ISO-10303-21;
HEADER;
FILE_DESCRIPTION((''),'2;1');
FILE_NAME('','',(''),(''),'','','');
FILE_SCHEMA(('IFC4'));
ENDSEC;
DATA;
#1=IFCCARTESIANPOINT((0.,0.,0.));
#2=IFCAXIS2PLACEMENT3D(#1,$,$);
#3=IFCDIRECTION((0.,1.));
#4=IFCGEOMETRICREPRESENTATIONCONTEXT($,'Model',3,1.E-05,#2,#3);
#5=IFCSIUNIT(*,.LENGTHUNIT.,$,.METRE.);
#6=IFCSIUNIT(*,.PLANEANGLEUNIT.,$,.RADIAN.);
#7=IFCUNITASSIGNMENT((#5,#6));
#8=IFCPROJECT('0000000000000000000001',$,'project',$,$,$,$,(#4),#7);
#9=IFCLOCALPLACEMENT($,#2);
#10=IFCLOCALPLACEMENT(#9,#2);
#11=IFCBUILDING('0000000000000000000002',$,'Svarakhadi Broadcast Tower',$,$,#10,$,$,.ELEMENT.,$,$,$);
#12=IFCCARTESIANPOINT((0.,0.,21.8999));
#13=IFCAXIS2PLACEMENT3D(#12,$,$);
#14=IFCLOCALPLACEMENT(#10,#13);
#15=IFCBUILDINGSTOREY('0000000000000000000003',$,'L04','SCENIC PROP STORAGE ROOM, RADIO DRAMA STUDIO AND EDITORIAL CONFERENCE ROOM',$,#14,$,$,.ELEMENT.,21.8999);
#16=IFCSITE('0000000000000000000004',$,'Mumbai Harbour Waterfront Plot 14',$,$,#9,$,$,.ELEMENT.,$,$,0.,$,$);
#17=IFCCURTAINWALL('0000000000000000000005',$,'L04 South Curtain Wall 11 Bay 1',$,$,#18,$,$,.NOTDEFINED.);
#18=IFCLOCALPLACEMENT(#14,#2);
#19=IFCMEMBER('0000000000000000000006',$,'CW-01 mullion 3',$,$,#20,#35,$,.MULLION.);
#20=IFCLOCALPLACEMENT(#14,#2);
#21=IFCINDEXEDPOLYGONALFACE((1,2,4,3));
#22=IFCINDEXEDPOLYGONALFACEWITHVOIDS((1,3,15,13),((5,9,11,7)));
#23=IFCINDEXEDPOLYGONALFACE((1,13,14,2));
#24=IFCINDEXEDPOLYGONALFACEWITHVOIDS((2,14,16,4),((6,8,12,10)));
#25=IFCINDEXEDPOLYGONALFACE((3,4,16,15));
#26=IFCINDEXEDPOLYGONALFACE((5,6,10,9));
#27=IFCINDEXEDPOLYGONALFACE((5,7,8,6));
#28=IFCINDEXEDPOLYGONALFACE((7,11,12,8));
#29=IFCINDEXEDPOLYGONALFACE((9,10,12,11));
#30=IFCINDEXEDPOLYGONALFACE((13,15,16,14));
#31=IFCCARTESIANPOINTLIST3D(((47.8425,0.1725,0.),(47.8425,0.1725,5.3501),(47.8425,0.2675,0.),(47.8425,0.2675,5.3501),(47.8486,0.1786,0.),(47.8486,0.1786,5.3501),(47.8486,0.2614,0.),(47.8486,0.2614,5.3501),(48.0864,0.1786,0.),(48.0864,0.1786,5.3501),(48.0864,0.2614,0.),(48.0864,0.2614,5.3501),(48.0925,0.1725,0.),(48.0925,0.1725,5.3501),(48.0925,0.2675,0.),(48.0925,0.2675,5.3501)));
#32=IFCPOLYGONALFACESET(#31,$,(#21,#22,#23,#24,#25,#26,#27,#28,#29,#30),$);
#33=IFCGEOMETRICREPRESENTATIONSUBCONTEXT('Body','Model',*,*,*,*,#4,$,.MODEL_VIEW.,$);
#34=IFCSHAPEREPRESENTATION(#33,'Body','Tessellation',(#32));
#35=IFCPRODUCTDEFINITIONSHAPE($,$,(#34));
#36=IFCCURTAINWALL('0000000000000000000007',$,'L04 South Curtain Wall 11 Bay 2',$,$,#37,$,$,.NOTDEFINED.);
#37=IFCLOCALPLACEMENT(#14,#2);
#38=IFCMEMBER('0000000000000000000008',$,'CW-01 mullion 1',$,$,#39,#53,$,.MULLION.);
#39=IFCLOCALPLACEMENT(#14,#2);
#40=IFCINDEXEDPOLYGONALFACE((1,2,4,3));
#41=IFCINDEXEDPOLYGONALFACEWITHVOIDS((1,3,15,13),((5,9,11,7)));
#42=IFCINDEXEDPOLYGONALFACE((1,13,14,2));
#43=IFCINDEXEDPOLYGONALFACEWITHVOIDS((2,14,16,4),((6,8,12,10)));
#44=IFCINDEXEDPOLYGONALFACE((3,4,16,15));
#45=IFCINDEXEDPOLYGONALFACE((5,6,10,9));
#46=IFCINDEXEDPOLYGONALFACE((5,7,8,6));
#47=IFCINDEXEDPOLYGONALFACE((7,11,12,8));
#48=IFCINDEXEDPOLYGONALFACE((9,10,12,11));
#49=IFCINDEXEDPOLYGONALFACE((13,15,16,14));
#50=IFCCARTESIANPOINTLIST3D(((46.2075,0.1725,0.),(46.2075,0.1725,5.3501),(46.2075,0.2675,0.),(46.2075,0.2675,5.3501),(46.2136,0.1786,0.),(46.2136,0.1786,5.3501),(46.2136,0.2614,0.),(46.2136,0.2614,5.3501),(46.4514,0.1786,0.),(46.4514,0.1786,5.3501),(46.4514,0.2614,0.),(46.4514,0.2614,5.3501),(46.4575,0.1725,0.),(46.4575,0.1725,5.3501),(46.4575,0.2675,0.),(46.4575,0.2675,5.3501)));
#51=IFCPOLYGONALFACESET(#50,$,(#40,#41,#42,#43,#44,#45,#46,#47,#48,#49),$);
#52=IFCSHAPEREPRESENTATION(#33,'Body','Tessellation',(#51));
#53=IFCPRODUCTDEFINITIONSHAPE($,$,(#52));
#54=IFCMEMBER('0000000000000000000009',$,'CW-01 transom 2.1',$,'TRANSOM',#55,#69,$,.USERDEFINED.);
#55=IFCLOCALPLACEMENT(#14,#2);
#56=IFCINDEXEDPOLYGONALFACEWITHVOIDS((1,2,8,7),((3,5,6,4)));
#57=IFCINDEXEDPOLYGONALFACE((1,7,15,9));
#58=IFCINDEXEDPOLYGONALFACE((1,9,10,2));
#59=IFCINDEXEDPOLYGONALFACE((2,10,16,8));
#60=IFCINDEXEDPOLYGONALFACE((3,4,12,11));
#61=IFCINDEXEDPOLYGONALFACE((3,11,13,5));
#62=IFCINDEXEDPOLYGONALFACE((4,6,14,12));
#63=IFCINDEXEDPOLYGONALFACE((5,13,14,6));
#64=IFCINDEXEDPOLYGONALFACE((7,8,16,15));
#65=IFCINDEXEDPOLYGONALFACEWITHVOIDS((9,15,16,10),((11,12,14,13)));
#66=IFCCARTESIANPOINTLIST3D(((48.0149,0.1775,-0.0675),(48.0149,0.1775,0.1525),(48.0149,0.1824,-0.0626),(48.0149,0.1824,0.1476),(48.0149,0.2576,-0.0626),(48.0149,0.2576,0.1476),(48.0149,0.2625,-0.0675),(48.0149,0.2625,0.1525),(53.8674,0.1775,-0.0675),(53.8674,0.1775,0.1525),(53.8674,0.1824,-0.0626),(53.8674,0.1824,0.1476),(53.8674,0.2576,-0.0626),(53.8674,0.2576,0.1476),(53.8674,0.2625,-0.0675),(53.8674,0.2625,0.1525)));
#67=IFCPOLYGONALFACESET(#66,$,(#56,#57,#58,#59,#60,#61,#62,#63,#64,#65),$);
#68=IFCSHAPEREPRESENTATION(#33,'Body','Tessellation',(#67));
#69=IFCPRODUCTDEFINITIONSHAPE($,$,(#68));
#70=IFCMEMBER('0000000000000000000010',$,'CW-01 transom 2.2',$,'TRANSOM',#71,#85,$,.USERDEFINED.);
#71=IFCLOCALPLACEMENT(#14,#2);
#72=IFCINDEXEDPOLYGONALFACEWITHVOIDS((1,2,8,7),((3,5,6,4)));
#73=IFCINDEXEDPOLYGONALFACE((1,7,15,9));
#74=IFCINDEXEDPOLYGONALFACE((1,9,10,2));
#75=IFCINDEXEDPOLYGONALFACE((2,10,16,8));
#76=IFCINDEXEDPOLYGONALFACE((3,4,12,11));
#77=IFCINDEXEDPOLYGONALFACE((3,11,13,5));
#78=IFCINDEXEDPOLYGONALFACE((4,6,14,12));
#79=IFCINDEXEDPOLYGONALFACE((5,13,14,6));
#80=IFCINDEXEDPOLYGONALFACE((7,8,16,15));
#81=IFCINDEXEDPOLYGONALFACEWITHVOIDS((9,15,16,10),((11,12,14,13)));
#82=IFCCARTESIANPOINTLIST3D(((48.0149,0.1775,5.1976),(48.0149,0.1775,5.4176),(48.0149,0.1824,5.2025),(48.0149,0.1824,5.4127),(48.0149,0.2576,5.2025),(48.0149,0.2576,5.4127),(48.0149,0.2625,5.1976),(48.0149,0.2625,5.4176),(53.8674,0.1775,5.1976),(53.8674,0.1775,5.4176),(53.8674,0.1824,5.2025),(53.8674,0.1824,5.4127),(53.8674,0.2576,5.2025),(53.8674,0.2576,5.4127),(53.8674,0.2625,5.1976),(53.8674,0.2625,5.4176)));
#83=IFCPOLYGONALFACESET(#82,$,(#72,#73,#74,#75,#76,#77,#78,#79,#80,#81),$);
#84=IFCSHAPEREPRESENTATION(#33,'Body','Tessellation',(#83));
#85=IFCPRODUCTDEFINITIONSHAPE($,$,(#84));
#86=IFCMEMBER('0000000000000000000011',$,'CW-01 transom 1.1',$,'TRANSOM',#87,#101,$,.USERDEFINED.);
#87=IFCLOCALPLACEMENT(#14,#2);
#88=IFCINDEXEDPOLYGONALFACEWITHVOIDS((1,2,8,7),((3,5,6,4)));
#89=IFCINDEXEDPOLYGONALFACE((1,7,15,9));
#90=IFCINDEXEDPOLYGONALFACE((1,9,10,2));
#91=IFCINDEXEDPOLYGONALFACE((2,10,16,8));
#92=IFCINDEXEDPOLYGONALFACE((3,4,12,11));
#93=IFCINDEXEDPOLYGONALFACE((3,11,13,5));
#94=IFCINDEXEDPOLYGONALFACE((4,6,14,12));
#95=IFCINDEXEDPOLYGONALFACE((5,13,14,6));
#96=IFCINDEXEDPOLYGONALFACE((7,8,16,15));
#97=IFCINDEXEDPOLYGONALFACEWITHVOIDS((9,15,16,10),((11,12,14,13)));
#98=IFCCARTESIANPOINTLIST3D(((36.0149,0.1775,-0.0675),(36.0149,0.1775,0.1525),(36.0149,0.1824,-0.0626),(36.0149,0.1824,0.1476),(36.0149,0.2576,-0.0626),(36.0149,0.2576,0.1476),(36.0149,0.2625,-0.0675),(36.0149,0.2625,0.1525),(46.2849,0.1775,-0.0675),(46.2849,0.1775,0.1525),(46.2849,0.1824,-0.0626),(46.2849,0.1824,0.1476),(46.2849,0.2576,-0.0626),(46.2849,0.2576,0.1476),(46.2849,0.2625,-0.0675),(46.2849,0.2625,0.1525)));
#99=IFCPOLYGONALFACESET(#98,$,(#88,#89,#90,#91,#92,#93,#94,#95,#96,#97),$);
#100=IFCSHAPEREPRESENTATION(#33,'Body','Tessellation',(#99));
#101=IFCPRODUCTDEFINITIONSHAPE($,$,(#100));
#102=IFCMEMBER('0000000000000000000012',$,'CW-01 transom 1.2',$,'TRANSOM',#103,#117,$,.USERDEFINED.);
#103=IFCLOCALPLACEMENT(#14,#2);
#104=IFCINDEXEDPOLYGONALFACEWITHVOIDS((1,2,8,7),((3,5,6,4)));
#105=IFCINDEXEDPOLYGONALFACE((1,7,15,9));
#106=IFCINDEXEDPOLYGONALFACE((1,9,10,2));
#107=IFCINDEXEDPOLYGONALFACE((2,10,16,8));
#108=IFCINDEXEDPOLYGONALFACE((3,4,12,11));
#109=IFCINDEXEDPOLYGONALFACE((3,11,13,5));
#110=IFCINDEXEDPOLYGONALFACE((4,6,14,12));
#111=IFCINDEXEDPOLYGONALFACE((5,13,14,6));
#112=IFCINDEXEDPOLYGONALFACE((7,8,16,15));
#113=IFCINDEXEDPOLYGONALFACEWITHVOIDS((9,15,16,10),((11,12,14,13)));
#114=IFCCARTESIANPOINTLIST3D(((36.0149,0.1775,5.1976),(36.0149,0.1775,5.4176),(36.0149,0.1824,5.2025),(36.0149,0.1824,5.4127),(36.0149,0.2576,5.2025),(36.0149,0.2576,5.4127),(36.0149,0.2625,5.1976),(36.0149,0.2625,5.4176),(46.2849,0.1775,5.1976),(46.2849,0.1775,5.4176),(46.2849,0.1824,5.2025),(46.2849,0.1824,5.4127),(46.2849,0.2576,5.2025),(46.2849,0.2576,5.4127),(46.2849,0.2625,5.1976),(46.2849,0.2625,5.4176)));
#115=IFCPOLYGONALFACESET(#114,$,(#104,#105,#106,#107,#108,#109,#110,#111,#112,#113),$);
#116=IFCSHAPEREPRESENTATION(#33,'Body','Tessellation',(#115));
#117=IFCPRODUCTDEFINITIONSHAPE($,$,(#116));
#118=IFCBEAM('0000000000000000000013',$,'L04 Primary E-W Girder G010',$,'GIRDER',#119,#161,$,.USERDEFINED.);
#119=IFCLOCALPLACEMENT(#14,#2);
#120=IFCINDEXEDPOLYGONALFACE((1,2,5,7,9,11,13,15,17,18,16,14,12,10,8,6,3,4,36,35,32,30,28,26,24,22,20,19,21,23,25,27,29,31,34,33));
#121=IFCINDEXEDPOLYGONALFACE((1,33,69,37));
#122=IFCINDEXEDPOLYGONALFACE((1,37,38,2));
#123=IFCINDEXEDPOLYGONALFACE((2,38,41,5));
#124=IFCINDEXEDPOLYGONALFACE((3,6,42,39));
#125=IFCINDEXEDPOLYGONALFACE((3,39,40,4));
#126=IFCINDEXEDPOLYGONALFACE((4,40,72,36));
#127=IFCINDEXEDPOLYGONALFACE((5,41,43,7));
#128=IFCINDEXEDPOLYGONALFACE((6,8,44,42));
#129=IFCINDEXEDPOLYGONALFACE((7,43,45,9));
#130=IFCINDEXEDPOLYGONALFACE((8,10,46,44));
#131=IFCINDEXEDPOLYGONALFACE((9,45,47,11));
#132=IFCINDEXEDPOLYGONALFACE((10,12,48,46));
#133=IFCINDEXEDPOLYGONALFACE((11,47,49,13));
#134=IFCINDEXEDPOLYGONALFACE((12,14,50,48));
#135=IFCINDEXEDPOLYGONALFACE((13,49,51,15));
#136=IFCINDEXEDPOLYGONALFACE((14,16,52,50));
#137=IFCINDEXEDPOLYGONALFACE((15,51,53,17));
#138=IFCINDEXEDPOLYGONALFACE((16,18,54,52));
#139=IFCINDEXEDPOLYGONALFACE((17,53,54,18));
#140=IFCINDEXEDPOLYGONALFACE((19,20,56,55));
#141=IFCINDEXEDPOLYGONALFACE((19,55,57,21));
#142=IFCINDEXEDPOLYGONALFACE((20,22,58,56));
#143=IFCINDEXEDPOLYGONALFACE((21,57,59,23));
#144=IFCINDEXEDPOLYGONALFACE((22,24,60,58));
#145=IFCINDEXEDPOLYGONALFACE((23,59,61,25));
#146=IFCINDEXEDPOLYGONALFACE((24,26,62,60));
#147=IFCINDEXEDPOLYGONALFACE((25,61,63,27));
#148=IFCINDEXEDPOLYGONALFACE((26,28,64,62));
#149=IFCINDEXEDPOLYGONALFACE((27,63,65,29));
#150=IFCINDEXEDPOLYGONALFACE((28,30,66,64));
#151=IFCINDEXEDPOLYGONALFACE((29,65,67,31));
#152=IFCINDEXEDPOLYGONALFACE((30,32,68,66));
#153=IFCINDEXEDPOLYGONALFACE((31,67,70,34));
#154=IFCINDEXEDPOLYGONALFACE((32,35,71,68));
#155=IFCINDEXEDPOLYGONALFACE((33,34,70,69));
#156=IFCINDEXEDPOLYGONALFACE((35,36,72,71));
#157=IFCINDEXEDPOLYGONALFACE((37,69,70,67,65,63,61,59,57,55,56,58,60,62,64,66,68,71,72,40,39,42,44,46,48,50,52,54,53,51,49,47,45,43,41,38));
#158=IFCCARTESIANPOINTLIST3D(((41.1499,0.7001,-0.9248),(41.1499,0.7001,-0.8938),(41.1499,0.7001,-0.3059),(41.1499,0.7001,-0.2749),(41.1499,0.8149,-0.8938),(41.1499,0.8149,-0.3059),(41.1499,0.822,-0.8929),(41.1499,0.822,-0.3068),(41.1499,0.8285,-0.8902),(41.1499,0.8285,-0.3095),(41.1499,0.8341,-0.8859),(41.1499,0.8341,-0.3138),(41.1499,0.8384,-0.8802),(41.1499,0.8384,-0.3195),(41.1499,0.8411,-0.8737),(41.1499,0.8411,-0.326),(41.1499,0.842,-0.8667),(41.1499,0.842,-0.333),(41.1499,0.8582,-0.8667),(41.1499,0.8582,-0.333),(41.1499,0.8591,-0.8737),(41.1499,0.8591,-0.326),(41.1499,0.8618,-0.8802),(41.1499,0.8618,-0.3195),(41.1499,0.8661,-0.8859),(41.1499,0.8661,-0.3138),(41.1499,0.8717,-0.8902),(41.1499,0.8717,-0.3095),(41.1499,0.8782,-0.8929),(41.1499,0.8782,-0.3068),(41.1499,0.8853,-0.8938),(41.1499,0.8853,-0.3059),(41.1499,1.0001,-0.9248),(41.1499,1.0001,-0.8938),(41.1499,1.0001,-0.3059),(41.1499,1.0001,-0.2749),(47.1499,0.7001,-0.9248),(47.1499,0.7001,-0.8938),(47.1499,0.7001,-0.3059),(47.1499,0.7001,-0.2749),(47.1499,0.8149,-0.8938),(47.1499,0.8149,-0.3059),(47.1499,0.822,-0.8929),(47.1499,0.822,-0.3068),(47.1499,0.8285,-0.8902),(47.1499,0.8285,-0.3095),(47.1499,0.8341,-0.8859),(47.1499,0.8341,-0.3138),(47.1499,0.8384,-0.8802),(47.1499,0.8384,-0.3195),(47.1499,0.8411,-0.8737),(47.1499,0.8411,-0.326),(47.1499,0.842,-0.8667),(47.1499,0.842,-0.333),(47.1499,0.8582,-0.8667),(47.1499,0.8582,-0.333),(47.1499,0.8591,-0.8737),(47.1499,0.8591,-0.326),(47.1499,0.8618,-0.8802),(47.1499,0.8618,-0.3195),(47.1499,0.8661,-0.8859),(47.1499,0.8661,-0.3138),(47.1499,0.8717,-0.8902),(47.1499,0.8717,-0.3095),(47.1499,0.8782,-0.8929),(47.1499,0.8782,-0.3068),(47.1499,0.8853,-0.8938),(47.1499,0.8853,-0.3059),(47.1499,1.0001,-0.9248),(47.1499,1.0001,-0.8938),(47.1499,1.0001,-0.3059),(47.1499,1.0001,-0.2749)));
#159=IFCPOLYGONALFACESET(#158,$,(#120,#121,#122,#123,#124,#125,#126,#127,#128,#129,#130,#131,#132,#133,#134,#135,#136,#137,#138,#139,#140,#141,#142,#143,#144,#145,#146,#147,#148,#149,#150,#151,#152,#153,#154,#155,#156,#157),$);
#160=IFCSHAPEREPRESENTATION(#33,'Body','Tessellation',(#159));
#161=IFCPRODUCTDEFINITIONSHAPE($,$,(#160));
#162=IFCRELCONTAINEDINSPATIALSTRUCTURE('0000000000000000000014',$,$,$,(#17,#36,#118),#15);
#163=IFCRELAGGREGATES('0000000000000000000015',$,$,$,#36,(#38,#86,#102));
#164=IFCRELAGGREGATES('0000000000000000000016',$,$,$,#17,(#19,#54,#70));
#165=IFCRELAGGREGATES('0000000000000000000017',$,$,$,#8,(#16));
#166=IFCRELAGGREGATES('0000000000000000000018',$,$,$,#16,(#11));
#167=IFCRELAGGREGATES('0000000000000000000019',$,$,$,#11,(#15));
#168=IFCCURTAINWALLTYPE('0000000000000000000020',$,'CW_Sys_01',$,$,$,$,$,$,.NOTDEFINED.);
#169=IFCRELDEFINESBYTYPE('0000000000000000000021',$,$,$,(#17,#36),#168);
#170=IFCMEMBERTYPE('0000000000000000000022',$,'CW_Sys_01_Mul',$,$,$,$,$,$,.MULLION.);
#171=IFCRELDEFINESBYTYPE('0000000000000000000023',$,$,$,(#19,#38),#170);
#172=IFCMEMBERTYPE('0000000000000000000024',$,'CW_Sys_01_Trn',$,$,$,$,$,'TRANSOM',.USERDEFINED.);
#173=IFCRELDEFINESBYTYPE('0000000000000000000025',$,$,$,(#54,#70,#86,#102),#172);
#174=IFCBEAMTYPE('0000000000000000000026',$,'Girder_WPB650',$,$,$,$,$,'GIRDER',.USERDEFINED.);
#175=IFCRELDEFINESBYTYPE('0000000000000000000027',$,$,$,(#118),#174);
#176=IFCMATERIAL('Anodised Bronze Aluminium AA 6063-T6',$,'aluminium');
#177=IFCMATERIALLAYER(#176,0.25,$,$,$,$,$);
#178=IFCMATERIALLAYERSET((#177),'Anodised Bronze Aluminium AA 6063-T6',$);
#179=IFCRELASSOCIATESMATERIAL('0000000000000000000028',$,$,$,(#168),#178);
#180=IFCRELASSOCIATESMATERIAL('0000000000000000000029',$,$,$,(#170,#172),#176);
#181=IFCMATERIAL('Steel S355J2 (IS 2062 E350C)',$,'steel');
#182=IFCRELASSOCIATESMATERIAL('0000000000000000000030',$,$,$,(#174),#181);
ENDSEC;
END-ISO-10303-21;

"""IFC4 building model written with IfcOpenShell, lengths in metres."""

from ifc_helpers import new_model, si_unit, direction, frame, origin, origin_2d, place, context, subcontext, project, spatial, hollow_rectangle, i_section, extrude, material, layer, layer_set, material_profile, profile_set, type_object, element, aggregate, save


model = new_model("IFC4")

# Units and contexts
model_context = context("Model", 3, precision=1e-05, world=origin(), true_north=direction((0.0, 1.0)))
body_context = subcontext(model_context, "Body", "Model", "MODEL_VIEW")
ifc_project = project(units=[si_unit("LENGTHUNIT", "METRE"), si_unit("PLANEANGLEUNIT", "RADIAN")], contexts=[model_context])

# Site, building, storey
site_placement = place(None, origin())
site = spatial("IfcSite", under=ifc_project, at=site_placement, Name="Mumbai Harbour Waterfront Plot 14", CompositionType="ELEMENT", RefElevation=0.0)
building_placement = place(site_placement, origin())
building = spatial("IfcBuilding", under=site, at=building_placement, Name="Svarakhadi Broadcast Tower", CompositionType="ELEMENT")
storey_placement = place(building_placement, frame((0.0, 0.0, 21.8999)))
storey = spatial("IfcBuildingStorey", under=building, at=storey_placement, Name="L04", Description="SCENIC PROP STORAGE ROOM, RADIO DRAMA STUDIO AND EDITORIAL CONFERENCE ROOM", CompositionType="ELEMENT", Elevation=21.8999)

# Shared definitions
ifc_material_1 = material(Name="Steel S355J2 (IS 2062 E350C)", Category="steel")

# Curtain wall, member
ifc_material_2 = material(Name="Anodised Bronze Aluminium AA 6063-T6", Category="aluminium")
ifc_layer_1 = layer(ifc_material_2, 0.25)
ifc_layer_set_1 = layer_set([ifc_layer_1], Name="Anodised Bronze Aluminium AA 6063-T6")
curtain_wall_type = type_object("IfcCurtainWallType", Name="CW_Sys_01", PredefinedType="NOTDEFINED", material=ifc_layer_set_1)
curtain_wall_1_placement = place(storey_placement, origin())
curtain_wall_1 = element("IfcCurtainWall", 1, at=curtain_wall_1_placement, inside=storey, type_object=curtain_wall_type, Name="L04 South Curtain Wall 11 Bay 1", PredefinedType="NOTDEFINED")
ifc_material_profile_1 = material_profile(ifc_material_2, hollow_rectangle(XDim=0.095, YDim=0.25, WallThickness=0.0061, at=origin_2d()), Name="ALU MULLION 250x95x6")
ifc_profile_set_1 = profile_set([ifc_material_profile_1], Name="Anodised Bronze Aluminium AA 6063-T6")
member_type_1 = type_object("IfcMemberType", Name="CW_Sys_01_Mul", PredefinedType="MULLION", material=ifc_profile_set_1)
member_1_placement = place(storey_placement, frame((47.9675, 0.22, 0.0), z_axis=(0.0, 0.0, 1.0), x_axis=(0.0, -1.0, 0.0)))
member_1 = element("IfcMember", 2, at=member_1_placement, type_object=member_type_1, Name="CW-01 mullion 3", PredefinedType="MULLION", context=body_context, shape_type="SweptSolid", body=[
    extrude(hollow_rectangle(XDim=0.095, YDim=0.25, WallThickness=0.0061, at=origin_2d()), origin(), (0.0, 0.0, 1.0), 5.3501),
])

# Curtain wall, member
curtain_wall_2_placement = place(storey_placement, origin())
curtain_wall_2 = element("IfcCurtainWall", 3, at=curtain_wall_2_placement, inside=storey, type_object=curtain_wall_type, Name="L04 South Curtain Wall 11 Bay 2", PredefinedType="NOTDEFINED")
member_2_placement = place(storey_placement, frame((46.3325, 0.22, 0.0), z_axis=(0.0, 0.0, 1.0), x_axis=(0.0, -1.0, 0.0)))
member_2 = element("IfcMember", 4, at=member_2_placement, type_object=member_type_1, Name="CW-01 mullion 1", PredefinedType="MULLION", context=body_context, shape_type="SweptSolid", body=[
    extrude(hollow_rectangle(XDim=0.095, YDim=0.25, WallThickness=0.0061, at=origin_2d()), origin(), (0.0, 0.0, 1.0), 5.3501),
])

# Members
ifc_material_profile_2 = material_profile(ifc_material_2, hollow_rectangle(XDim=0.085, YDim=0.22, WallThickness=0.0049, at=origin_2d()), Name="ALU TRANSOM 220x85x5")
ifc_profile_set_2 = profile_set([ifc_material_profile_2], Name="Anodised Bronze Aluminium AA 6063-T6")
member_type_2 = type_object("IfcMemberType", Name="CW_Sys_01_Trn", ElementType="TRANSOM", PredefinedType="USERDEFINED", material=ifc_profile_set_2)
member_3_placement = place(storey_placement, frame((53.8674, 0.22, 0.0425), z_axis=(-1.0, 0.0, 0.0), x_axis=(0.0, -1.0, 0.0)))
member_3 = element("IfcMember", 5, at=member_3_placement, type_object=member_type_2, Name="CW-01 transom 2.1", ObjectType="TRANSOM", PredefinedType="USERDEFINED", context=body_context, shape_type="SweptSolid", body=[
    extrude(hollow_rectangle(XDim=0.085, YDim=0.22, WallThickness=0.0049, at=origin_2d()), origin(), (0.0, 0.0, 1.0), 5.8525),
])
member_4_placement = place(storey_placement, frame((53.8674, 0.22, 5.3076), z_axis=(-1.0, 0.0, 0.0), x_axis=(0.0, -1.0, 0.0)))
member_4 = element("IfcMember", 6, at=member_4_placement, type_object=member_type_2, Name="CW-01 transom 2.2", ObjectType="TRANSOM", PredefinedType="USERDEFINED", context=body_context, shape_type="SweptSolid", body=[
    extrude(hollow_rectangle(XDim=0.085, YDim=0.22, WallThickness=0.0049, at=origin_2d()), origin(), (0.0, 0.0, 1.0), 5.8525),
])
member_5_placement = place(storey_placement, frame((46.2849, 0.22, 0.0425), z_axis=(-1.0, 0.0, 0.0), x_axis=(0.0, -1.0, 0.0)))
member_5 = element("IfcMember", 7, at=member_5_placement, type_object=member_type_2, Name="CW-01 transom 1.1", ObjectType="TRANSOM", PredefinedType="USERDEFINED", context=body_context, shape_type="SweptSolid", body=[
    extrude(hollow_rectangle(XDim=0.085, YDim=0.22, WallThickness=0.0049, at=origin_2d()), origin(), (0.0, 0.0, 1.0), 10.27),
])
member_6_placement = place(storey_placement, frame((46.2849, 0.22, 5.3076), z_axis=(-1.0, 0.0, 0.0), x_axis=(0.0, -1.0, 0.0)))
member_6 = element("IfcMember", 8, at=member_6_placement, type_object=member_type_2, Name="CW-01 transom 1.2", ObjectType="TRANSOM", PredefinedType="USERDEFINED", context=body_context, shape_type="SweptSolid", body=[
    extrude(hollow_rectangle(XDim=0.085, YDim=0.22, WallThickness=0.0049, at=origin_2d()), origin(), (0.0, 0.0, 1.0), 10.27),
])
aggregate(curtain_wall_2, [member_2, member_5, member_6])

# Beam
ifc_material_profile_3 = material_profile(ifc_material_1, i_section(OverallWidth=0.3, OverallDepth=0.6499, WebThickness=0.0161, FlangeThickness=0.031, FilletRadius=0.0271, at=origin_2d()), Name="WPB 650x300x225")
ifc_profile_set_3 = profile_set([ifc_material_profile_3], Name="Steel S355J2 (IS 2062 E350C)")
beam_type_1 = type_object("IfcBeamType", Name="Girder_WPB650", ElementType="GIRDER", PredefinedType="USERDEFINED", material=ifc_profile_set_3)
for number, where, z_axis, x_axis, name in (
    (9, (41.1499, 0.8501, -0.5999), (1.0, 0.0, 0.0), (0.0, 1.0, 0.0), "L04 Primary E-W Girder G010"),
):
    element("IfcBeam", number, at=place(storey_placement, frame(where, z_axis=z_axis, x_axis=x_axis)), inside=storey, type_object=beam_type_1, Name=name, ObjectType="GIRDER", PredefinedType="USERDEFINED", context=body_context, shape_type="SweptSolid", body=[
        extrude(i_section(OverallWidth=0.3, OverallDepth=0.6499, WebThickness=0.0161, FlangeThickness=0.031, FilletRadius=0.0271, at=origin_2d()), origin(), (0.0, 0.0, 1.0), 6.0),
    ])

aggregate(curtain_wall_1, [member_1, member_3, member_4])

save(model, "model.ifc")
